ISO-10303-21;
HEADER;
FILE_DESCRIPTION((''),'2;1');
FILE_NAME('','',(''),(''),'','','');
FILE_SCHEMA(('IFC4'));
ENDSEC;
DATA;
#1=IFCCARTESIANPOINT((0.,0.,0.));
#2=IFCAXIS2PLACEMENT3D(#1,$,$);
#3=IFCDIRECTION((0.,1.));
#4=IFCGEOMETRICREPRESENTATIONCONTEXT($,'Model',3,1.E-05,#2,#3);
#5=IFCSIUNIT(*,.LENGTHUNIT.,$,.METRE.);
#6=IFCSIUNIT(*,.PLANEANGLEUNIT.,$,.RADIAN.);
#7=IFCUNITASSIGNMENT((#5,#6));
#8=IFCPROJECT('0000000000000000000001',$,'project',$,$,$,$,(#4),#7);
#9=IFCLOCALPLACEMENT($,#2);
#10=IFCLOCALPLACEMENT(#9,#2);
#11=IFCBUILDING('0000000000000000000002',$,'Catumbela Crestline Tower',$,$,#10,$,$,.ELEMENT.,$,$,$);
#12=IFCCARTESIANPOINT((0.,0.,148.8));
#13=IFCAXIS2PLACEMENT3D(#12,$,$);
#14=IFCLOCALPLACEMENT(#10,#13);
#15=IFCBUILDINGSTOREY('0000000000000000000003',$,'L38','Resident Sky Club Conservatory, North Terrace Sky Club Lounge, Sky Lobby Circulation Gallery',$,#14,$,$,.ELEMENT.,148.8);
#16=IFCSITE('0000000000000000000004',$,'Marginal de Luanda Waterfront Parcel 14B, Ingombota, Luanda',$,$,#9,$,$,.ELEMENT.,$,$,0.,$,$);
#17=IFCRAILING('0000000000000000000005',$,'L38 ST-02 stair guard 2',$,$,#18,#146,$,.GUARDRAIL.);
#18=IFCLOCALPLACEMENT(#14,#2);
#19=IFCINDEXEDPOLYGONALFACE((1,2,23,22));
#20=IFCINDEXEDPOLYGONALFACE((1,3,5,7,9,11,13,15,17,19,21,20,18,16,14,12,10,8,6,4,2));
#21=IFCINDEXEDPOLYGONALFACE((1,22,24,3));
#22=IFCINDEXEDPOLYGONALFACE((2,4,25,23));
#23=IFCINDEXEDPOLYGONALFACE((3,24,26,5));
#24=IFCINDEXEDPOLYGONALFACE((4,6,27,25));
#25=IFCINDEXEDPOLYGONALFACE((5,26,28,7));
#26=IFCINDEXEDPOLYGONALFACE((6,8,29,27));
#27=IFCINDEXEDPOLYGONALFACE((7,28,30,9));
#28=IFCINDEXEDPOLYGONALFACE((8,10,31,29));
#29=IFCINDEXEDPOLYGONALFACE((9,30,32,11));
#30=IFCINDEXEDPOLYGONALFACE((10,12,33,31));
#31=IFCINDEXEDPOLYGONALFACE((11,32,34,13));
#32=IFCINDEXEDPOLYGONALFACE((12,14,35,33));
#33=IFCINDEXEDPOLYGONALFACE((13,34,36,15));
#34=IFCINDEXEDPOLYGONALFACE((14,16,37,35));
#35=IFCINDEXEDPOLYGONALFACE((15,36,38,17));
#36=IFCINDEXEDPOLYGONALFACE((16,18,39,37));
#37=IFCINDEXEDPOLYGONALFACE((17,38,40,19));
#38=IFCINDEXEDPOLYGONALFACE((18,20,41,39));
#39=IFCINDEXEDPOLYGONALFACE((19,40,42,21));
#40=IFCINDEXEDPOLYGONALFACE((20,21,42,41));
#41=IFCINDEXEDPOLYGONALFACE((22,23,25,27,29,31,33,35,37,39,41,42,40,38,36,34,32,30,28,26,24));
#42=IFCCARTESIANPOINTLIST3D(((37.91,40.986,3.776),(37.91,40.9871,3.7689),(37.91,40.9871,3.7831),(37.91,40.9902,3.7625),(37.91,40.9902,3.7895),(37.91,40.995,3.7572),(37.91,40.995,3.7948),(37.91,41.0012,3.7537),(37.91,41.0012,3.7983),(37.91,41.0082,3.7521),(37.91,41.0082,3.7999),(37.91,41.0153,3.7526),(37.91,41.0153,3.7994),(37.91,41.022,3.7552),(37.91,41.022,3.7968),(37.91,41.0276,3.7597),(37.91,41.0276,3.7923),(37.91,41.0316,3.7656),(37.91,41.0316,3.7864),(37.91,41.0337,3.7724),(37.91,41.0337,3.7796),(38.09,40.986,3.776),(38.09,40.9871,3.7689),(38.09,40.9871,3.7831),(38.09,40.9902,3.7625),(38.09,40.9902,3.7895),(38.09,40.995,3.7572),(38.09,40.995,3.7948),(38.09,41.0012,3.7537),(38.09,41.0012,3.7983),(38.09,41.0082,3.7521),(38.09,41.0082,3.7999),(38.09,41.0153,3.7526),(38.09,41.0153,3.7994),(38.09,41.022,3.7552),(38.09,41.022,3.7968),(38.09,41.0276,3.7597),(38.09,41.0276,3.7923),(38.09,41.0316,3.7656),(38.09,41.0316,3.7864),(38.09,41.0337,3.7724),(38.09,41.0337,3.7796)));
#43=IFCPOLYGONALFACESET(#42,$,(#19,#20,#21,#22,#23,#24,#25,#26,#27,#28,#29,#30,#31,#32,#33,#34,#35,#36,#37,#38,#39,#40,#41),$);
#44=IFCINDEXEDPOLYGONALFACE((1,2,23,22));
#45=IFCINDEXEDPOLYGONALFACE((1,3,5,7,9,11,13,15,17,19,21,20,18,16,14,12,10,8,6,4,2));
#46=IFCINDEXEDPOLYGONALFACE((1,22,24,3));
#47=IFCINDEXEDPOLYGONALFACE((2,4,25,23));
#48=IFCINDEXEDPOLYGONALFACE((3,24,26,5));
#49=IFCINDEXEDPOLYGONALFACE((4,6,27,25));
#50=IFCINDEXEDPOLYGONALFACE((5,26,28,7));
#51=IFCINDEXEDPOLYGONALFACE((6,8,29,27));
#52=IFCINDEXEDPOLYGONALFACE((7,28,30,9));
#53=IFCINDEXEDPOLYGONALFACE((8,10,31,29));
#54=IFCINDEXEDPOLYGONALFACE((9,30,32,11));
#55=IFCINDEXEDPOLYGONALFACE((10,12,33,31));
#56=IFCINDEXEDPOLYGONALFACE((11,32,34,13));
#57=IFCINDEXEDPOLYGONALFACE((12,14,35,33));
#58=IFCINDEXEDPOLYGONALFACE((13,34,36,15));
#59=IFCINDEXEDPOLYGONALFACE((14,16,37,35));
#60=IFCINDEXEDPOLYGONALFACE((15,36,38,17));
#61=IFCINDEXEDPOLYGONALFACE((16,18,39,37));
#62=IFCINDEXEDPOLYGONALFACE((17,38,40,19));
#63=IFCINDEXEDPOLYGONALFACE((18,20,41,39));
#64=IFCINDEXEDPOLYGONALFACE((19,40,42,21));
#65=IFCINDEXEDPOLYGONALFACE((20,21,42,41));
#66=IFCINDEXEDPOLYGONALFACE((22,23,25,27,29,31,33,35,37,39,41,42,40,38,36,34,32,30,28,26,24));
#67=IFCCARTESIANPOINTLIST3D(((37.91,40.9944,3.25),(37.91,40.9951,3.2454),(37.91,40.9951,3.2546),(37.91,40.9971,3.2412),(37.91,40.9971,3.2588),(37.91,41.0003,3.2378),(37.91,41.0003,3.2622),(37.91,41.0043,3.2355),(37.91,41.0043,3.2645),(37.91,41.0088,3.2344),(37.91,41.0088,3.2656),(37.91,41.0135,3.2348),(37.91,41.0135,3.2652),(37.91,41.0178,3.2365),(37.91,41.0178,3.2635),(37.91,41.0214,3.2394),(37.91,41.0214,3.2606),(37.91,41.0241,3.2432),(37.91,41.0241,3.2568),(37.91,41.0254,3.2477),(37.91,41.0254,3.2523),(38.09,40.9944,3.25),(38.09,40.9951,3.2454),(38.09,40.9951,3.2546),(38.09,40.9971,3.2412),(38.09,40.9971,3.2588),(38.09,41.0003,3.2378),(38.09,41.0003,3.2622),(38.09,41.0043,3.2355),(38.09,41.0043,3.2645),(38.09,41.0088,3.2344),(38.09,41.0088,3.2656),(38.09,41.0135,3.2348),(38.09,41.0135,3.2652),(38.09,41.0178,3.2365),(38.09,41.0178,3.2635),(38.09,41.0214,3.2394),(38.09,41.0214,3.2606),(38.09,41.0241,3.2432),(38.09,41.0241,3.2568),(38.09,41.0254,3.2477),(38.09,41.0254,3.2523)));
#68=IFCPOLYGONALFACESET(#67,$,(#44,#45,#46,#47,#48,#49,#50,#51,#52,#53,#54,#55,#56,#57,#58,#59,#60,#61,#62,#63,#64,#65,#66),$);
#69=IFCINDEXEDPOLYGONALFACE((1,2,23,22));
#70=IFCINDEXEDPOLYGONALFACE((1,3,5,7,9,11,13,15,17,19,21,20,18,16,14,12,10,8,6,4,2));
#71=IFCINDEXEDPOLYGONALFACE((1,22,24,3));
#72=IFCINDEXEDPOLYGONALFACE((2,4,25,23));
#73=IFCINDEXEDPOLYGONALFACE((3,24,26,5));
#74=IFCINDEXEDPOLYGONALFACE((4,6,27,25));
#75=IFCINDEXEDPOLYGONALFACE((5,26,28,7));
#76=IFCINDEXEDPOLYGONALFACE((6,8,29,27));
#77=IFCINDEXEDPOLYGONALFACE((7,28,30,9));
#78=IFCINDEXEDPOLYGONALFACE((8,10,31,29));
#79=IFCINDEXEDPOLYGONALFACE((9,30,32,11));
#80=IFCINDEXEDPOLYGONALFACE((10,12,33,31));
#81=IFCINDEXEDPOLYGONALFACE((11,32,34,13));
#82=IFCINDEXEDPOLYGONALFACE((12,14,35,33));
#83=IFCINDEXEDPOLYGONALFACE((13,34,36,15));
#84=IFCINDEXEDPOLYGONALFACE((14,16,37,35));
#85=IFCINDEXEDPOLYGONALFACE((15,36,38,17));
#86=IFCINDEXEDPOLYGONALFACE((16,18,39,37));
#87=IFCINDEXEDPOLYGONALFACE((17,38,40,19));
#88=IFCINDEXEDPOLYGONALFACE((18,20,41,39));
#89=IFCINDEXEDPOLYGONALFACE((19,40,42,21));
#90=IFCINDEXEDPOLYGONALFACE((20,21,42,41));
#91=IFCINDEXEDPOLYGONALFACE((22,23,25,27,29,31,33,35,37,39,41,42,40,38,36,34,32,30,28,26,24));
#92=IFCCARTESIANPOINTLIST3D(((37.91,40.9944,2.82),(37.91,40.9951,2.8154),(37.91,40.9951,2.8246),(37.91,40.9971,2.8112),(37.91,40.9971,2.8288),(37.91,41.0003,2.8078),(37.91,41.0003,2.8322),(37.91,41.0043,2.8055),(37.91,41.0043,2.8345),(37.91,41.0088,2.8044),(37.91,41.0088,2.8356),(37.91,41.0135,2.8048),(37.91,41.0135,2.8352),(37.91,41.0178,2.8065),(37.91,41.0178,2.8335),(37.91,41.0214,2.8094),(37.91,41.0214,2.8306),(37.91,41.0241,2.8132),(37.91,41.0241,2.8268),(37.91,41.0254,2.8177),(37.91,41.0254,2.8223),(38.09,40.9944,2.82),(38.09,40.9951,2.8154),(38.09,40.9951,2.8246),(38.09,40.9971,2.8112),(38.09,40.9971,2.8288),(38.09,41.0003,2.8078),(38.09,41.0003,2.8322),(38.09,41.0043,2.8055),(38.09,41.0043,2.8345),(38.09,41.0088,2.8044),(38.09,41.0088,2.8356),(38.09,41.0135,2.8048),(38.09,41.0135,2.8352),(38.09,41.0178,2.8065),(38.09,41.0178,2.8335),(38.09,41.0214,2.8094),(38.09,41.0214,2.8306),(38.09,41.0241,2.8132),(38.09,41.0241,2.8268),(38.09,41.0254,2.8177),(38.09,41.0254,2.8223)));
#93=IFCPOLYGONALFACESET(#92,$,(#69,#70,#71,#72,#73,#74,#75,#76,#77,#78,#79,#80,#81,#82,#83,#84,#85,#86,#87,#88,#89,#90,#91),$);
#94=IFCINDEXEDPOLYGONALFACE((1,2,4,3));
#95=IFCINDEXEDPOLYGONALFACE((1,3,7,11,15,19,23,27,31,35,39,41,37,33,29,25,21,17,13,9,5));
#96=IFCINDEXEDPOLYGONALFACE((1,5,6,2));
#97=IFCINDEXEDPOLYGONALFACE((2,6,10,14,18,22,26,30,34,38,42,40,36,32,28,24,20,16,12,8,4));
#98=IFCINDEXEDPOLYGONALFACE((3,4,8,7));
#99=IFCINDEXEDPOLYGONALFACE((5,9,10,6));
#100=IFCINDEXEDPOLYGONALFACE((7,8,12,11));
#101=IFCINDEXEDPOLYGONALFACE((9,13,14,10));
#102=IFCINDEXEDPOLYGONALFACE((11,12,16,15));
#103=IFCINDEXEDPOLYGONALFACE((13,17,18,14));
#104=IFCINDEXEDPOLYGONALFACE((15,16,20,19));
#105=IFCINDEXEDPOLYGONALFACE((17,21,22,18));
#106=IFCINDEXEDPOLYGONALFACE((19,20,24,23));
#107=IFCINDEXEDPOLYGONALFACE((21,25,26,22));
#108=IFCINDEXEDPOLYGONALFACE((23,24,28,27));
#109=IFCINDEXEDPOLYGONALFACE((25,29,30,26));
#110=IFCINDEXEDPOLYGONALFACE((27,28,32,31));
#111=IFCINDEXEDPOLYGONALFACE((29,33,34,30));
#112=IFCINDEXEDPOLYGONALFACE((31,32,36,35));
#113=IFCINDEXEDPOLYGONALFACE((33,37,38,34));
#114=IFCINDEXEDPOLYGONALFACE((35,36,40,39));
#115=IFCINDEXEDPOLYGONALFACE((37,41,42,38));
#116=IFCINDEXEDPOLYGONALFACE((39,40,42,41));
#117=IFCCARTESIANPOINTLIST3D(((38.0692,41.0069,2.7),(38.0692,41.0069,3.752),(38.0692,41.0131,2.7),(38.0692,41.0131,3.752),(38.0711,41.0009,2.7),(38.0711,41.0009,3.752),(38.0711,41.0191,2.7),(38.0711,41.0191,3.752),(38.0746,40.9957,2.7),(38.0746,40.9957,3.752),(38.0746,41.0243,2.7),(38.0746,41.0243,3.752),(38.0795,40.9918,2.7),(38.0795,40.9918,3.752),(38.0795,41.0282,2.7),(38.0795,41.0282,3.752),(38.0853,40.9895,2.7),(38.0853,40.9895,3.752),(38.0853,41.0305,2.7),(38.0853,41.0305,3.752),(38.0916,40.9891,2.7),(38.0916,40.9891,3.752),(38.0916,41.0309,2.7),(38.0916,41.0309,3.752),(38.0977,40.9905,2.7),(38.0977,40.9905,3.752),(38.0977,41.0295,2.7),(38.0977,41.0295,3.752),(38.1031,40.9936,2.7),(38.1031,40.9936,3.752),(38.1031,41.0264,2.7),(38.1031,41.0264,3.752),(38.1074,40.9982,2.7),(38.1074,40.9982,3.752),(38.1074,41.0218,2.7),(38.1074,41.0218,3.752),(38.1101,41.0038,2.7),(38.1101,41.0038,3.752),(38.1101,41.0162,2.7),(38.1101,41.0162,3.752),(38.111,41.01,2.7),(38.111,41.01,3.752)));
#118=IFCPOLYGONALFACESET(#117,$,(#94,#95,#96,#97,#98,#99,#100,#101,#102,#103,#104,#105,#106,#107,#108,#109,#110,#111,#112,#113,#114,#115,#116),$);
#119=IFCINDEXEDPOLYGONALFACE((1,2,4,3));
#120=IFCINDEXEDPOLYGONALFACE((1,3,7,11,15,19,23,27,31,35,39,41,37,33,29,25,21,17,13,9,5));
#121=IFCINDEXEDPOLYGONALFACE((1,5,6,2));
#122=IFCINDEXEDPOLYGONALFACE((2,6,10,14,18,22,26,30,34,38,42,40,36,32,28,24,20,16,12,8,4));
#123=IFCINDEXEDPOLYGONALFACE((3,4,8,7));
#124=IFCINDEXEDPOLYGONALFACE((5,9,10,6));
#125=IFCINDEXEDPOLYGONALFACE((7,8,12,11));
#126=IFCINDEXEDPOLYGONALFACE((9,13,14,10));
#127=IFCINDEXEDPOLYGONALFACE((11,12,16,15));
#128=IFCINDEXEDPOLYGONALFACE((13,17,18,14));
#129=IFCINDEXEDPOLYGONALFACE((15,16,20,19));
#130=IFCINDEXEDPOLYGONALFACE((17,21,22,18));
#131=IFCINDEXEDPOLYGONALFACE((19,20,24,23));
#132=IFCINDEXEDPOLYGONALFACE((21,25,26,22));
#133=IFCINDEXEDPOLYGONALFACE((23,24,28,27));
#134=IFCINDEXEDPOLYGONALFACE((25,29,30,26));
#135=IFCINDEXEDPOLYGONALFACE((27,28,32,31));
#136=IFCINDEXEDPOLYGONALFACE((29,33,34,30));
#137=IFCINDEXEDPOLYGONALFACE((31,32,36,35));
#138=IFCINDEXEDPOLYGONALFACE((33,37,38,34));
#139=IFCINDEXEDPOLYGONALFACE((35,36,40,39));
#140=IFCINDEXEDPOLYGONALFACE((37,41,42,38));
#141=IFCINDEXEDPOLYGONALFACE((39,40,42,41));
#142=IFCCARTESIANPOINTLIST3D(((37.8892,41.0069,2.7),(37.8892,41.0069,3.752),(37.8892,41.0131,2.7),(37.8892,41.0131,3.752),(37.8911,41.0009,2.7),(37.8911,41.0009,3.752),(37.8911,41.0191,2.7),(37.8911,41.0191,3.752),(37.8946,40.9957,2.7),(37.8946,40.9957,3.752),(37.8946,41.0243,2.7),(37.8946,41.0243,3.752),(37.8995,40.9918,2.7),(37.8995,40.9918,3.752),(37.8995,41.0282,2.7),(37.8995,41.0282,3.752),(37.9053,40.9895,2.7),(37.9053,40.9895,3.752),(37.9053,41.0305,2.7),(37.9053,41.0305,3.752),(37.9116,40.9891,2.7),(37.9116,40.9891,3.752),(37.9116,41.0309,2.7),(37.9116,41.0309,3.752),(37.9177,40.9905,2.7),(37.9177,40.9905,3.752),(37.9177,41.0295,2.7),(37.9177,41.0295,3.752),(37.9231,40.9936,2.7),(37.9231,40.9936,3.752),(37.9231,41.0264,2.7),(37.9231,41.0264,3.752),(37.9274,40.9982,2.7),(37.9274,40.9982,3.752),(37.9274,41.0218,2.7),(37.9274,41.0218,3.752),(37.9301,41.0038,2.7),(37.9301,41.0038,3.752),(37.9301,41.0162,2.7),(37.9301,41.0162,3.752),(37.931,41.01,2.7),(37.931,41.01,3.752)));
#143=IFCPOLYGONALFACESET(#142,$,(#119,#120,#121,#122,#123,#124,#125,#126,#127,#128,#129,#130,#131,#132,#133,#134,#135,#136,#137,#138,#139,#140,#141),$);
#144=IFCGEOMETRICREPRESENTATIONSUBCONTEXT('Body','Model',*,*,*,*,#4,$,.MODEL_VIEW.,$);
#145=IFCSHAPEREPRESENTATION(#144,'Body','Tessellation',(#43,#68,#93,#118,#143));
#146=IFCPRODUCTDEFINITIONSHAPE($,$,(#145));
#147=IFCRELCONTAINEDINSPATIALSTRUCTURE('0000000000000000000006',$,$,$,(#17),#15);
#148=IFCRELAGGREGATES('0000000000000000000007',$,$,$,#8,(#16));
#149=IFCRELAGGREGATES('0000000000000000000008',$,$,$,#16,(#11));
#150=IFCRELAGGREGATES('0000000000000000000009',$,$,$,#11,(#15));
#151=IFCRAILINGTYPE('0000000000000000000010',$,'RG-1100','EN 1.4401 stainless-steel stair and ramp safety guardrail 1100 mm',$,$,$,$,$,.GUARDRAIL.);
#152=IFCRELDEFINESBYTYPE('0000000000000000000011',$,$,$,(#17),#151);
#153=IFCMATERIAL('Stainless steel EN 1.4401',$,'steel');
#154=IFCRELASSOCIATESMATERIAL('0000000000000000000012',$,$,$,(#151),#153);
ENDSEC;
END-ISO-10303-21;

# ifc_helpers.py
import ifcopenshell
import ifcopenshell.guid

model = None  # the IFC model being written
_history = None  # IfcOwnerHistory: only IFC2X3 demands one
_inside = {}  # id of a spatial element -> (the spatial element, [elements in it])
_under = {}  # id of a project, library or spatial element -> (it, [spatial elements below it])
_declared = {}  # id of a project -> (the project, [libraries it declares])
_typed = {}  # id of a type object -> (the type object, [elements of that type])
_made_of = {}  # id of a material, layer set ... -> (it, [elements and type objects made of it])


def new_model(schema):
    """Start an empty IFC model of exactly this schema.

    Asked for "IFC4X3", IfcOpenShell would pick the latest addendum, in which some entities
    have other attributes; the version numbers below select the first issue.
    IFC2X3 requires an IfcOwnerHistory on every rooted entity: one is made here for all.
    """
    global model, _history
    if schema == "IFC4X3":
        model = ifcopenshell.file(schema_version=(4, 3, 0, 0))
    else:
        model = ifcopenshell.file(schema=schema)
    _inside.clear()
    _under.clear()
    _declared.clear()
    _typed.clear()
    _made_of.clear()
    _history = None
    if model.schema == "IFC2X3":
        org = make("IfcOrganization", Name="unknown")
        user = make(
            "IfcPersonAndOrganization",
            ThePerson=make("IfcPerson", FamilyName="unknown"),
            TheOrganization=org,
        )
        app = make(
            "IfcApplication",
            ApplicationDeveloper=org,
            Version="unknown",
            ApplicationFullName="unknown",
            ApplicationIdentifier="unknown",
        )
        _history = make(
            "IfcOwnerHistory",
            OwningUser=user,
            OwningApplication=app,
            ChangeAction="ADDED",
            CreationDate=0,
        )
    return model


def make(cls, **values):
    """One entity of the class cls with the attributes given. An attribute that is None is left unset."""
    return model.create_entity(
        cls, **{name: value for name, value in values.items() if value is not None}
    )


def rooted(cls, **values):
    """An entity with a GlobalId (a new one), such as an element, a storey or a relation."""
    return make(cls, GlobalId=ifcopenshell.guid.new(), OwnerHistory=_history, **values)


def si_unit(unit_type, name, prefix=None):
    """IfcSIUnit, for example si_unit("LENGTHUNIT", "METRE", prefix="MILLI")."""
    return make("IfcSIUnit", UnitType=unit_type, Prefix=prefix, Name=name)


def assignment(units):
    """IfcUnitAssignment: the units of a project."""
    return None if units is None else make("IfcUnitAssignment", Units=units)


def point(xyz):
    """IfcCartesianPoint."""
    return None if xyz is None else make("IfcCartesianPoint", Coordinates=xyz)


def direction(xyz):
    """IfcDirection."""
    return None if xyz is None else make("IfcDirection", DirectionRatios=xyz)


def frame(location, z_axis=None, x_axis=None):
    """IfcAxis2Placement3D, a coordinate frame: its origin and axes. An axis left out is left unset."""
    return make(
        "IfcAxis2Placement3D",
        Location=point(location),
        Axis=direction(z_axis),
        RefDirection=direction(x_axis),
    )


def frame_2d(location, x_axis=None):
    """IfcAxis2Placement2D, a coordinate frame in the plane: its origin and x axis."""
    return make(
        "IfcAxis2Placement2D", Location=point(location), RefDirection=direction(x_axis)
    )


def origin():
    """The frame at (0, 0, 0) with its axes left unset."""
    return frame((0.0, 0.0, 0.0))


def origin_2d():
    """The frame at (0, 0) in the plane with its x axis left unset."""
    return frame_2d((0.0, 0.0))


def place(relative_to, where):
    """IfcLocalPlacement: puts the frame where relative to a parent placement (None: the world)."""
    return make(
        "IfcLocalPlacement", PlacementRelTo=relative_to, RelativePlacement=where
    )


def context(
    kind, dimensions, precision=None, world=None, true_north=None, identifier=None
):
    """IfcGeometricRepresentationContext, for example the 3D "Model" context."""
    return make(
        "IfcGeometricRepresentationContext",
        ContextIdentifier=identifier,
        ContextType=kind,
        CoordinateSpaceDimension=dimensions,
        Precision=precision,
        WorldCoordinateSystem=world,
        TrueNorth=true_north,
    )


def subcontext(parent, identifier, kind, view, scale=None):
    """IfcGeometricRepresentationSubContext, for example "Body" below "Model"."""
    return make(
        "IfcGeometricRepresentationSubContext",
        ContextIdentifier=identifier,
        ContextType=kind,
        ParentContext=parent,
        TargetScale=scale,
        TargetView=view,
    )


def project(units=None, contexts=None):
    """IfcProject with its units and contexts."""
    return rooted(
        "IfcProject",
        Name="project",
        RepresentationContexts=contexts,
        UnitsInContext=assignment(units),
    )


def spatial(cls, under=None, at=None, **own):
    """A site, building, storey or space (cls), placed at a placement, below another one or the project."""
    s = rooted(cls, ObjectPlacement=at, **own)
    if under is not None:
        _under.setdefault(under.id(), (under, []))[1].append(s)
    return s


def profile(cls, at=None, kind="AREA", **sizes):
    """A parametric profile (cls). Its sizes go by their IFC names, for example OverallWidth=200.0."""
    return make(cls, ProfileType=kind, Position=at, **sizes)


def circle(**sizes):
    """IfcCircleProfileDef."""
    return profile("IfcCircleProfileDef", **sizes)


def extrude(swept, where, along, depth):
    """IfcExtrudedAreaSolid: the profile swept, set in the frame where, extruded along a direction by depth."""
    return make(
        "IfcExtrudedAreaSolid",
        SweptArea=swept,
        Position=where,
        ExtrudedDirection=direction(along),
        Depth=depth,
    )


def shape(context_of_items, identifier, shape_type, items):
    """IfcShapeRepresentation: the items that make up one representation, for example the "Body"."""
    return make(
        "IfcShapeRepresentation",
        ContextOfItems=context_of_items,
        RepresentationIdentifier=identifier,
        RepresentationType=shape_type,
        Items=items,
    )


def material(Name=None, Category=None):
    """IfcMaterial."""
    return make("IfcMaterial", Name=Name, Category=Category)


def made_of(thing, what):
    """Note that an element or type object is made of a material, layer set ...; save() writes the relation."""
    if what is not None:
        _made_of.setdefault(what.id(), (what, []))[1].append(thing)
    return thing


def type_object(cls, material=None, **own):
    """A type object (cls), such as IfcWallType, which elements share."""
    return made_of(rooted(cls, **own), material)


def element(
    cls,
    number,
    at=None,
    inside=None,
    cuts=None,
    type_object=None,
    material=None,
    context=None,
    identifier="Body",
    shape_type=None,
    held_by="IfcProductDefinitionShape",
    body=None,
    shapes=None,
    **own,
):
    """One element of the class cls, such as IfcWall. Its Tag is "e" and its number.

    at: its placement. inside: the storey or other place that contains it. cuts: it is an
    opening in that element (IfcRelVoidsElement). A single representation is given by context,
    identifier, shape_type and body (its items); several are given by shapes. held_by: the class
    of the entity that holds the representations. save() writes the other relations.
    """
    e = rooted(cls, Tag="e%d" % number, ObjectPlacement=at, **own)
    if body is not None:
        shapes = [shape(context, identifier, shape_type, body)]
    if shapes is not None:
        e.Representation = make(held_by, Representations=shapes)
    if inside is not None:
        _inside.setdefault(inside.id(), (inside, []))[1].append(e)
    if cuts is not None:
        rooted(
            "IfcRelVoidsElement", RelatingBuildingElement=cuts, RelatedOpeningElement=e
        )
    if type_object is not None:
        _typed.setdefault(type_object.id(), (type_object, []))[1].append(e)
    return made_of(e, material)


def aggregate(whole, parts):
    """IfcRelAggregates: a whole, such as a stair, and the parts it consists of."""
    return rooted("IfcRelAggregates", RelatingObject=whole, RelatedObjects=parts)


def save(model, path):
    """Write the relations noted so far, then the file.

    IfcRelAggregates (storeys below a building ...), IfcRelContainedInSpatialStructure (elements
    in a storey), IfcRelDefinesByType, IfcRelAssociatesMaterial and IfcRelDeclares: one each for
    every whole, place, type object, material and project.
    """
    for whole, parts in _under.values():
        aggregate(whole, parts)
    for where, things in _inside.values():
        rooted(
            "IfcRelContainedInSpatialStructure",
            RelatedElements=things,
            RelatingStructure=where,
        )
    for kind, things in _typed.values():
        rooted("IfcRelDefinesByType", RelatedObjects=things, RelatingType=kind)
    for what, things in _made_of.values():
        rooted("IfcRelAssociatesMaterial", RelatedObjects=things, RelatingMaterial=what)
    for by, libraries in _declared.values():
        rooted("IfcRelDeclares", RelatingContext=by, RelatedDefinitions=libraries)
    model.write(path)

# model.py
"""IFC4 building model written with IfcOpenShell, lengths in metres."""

from ifc_helpers import new_model, si_unit, direction, frame, origin, origin_2d, place, context, subcontext, project, spatial, circle, extrude, material, type_object, element, save


model = new_model("IFC4")

# Units and contexts
model_context = context("Model", 3, precision=1e-05, world=origin(), true_north=direction((0.0, 1.0)))
body_context = subcontext(model_context, "Body", "Model", "MODEL_VIEW")
ifc_project = project(units=[si_unit("LENGTHUNIT", "METRE"), si_unit("PLANEANGLEUNIT", "RADIAN")], contexts=[model_context])

# Site, building, storey
site_placement = place(None, origin())
site = spatial("IfcSite", under=ifc_project, at=site_placement, Name="Marginal de Luanda Waterfront Parcel 14B, Ingombota, Luanda", CompositionType="ELEMENT", RefElevation=0.0)
building_placement = place(site_placement, origin())
building = spatial("IfcBuilding", under=site, at=building_placement, Name="Catumbela Crestline Tower", CompositionType="ELEMENT")
storey_placement = place(building_placement, frame((0.0, 0.0, 148.8)))
storey = spatial("IfcBuildingStorey", under=building, at=storey_placement, Name="L38", Description="Resident Sky Club Conservatory, North Terrace Sky Club Lounge, Sky Lobby Circulation Gallery", CompositionType="ELEMENT", Elevation=148.8)

# Shared definitions
ifc_material_1 = material(Name="Stainless steel EN 1.4401", Category="steel")

# Railing
railing_type_1 = type_object("IfcRailingType", Name="RG-1100", Description="EN 1.4401 stainless-steel stair and ramp safety guardrail 1100 mm", PredefinedType="GUARDRAIL", material=ifc_material_1)
railing_1_placement = place(storey_placement, frame((38.09, 41.01, 2.7)))
element("IfcRailing", 1, at=railing_1_placement, inside=storey, type_object=railing_type_1, Name="L38 ST-02 stair guard 2", PredefinedType="GUARDRAIL", context=body_context, shape_type="SweptSolid", body=[
    extrude(circle(Radius=0.024, at=origin_2d()), frame((0.0, 0.0, 1.076), z_axis=(-1.0, 0.0, 0.0), x_axis=(0.0, -1.0, 0.0)), (0.0, 0.0, 1.0), 0.18),
    extrude(circle(Radius=0.0156, at=origin_2d()), frame((0.0, 0.0, 0.55), z_axis=(-1.0, 0.0, 0.0), x_axis=(0.0, -1.0, 0.0)), (0.0, 0.0, 1.0), 0.18),
    extrude(circle(Radius=0.0156, at=origin_2d()), frame((0.0, 0.0, 0.12), z_axis=(-1.0, 0.0, 0.0), x_axis=(0.0, -1.0, 0.0)), (0.0, 0.0, 1.0), 0.18),
    extrude(circle(Radius=0.021, at=origin_2d()), origin(), (0.0, 0.0, 1.0), 1.052),
    extrude(circle(Radius=0.021, at=origin_2d()), frame((-0.18, 0.0, 0.0)), (0.0, 0.0, 1.0), 1.052),
])

save(model, "model.ifc")
